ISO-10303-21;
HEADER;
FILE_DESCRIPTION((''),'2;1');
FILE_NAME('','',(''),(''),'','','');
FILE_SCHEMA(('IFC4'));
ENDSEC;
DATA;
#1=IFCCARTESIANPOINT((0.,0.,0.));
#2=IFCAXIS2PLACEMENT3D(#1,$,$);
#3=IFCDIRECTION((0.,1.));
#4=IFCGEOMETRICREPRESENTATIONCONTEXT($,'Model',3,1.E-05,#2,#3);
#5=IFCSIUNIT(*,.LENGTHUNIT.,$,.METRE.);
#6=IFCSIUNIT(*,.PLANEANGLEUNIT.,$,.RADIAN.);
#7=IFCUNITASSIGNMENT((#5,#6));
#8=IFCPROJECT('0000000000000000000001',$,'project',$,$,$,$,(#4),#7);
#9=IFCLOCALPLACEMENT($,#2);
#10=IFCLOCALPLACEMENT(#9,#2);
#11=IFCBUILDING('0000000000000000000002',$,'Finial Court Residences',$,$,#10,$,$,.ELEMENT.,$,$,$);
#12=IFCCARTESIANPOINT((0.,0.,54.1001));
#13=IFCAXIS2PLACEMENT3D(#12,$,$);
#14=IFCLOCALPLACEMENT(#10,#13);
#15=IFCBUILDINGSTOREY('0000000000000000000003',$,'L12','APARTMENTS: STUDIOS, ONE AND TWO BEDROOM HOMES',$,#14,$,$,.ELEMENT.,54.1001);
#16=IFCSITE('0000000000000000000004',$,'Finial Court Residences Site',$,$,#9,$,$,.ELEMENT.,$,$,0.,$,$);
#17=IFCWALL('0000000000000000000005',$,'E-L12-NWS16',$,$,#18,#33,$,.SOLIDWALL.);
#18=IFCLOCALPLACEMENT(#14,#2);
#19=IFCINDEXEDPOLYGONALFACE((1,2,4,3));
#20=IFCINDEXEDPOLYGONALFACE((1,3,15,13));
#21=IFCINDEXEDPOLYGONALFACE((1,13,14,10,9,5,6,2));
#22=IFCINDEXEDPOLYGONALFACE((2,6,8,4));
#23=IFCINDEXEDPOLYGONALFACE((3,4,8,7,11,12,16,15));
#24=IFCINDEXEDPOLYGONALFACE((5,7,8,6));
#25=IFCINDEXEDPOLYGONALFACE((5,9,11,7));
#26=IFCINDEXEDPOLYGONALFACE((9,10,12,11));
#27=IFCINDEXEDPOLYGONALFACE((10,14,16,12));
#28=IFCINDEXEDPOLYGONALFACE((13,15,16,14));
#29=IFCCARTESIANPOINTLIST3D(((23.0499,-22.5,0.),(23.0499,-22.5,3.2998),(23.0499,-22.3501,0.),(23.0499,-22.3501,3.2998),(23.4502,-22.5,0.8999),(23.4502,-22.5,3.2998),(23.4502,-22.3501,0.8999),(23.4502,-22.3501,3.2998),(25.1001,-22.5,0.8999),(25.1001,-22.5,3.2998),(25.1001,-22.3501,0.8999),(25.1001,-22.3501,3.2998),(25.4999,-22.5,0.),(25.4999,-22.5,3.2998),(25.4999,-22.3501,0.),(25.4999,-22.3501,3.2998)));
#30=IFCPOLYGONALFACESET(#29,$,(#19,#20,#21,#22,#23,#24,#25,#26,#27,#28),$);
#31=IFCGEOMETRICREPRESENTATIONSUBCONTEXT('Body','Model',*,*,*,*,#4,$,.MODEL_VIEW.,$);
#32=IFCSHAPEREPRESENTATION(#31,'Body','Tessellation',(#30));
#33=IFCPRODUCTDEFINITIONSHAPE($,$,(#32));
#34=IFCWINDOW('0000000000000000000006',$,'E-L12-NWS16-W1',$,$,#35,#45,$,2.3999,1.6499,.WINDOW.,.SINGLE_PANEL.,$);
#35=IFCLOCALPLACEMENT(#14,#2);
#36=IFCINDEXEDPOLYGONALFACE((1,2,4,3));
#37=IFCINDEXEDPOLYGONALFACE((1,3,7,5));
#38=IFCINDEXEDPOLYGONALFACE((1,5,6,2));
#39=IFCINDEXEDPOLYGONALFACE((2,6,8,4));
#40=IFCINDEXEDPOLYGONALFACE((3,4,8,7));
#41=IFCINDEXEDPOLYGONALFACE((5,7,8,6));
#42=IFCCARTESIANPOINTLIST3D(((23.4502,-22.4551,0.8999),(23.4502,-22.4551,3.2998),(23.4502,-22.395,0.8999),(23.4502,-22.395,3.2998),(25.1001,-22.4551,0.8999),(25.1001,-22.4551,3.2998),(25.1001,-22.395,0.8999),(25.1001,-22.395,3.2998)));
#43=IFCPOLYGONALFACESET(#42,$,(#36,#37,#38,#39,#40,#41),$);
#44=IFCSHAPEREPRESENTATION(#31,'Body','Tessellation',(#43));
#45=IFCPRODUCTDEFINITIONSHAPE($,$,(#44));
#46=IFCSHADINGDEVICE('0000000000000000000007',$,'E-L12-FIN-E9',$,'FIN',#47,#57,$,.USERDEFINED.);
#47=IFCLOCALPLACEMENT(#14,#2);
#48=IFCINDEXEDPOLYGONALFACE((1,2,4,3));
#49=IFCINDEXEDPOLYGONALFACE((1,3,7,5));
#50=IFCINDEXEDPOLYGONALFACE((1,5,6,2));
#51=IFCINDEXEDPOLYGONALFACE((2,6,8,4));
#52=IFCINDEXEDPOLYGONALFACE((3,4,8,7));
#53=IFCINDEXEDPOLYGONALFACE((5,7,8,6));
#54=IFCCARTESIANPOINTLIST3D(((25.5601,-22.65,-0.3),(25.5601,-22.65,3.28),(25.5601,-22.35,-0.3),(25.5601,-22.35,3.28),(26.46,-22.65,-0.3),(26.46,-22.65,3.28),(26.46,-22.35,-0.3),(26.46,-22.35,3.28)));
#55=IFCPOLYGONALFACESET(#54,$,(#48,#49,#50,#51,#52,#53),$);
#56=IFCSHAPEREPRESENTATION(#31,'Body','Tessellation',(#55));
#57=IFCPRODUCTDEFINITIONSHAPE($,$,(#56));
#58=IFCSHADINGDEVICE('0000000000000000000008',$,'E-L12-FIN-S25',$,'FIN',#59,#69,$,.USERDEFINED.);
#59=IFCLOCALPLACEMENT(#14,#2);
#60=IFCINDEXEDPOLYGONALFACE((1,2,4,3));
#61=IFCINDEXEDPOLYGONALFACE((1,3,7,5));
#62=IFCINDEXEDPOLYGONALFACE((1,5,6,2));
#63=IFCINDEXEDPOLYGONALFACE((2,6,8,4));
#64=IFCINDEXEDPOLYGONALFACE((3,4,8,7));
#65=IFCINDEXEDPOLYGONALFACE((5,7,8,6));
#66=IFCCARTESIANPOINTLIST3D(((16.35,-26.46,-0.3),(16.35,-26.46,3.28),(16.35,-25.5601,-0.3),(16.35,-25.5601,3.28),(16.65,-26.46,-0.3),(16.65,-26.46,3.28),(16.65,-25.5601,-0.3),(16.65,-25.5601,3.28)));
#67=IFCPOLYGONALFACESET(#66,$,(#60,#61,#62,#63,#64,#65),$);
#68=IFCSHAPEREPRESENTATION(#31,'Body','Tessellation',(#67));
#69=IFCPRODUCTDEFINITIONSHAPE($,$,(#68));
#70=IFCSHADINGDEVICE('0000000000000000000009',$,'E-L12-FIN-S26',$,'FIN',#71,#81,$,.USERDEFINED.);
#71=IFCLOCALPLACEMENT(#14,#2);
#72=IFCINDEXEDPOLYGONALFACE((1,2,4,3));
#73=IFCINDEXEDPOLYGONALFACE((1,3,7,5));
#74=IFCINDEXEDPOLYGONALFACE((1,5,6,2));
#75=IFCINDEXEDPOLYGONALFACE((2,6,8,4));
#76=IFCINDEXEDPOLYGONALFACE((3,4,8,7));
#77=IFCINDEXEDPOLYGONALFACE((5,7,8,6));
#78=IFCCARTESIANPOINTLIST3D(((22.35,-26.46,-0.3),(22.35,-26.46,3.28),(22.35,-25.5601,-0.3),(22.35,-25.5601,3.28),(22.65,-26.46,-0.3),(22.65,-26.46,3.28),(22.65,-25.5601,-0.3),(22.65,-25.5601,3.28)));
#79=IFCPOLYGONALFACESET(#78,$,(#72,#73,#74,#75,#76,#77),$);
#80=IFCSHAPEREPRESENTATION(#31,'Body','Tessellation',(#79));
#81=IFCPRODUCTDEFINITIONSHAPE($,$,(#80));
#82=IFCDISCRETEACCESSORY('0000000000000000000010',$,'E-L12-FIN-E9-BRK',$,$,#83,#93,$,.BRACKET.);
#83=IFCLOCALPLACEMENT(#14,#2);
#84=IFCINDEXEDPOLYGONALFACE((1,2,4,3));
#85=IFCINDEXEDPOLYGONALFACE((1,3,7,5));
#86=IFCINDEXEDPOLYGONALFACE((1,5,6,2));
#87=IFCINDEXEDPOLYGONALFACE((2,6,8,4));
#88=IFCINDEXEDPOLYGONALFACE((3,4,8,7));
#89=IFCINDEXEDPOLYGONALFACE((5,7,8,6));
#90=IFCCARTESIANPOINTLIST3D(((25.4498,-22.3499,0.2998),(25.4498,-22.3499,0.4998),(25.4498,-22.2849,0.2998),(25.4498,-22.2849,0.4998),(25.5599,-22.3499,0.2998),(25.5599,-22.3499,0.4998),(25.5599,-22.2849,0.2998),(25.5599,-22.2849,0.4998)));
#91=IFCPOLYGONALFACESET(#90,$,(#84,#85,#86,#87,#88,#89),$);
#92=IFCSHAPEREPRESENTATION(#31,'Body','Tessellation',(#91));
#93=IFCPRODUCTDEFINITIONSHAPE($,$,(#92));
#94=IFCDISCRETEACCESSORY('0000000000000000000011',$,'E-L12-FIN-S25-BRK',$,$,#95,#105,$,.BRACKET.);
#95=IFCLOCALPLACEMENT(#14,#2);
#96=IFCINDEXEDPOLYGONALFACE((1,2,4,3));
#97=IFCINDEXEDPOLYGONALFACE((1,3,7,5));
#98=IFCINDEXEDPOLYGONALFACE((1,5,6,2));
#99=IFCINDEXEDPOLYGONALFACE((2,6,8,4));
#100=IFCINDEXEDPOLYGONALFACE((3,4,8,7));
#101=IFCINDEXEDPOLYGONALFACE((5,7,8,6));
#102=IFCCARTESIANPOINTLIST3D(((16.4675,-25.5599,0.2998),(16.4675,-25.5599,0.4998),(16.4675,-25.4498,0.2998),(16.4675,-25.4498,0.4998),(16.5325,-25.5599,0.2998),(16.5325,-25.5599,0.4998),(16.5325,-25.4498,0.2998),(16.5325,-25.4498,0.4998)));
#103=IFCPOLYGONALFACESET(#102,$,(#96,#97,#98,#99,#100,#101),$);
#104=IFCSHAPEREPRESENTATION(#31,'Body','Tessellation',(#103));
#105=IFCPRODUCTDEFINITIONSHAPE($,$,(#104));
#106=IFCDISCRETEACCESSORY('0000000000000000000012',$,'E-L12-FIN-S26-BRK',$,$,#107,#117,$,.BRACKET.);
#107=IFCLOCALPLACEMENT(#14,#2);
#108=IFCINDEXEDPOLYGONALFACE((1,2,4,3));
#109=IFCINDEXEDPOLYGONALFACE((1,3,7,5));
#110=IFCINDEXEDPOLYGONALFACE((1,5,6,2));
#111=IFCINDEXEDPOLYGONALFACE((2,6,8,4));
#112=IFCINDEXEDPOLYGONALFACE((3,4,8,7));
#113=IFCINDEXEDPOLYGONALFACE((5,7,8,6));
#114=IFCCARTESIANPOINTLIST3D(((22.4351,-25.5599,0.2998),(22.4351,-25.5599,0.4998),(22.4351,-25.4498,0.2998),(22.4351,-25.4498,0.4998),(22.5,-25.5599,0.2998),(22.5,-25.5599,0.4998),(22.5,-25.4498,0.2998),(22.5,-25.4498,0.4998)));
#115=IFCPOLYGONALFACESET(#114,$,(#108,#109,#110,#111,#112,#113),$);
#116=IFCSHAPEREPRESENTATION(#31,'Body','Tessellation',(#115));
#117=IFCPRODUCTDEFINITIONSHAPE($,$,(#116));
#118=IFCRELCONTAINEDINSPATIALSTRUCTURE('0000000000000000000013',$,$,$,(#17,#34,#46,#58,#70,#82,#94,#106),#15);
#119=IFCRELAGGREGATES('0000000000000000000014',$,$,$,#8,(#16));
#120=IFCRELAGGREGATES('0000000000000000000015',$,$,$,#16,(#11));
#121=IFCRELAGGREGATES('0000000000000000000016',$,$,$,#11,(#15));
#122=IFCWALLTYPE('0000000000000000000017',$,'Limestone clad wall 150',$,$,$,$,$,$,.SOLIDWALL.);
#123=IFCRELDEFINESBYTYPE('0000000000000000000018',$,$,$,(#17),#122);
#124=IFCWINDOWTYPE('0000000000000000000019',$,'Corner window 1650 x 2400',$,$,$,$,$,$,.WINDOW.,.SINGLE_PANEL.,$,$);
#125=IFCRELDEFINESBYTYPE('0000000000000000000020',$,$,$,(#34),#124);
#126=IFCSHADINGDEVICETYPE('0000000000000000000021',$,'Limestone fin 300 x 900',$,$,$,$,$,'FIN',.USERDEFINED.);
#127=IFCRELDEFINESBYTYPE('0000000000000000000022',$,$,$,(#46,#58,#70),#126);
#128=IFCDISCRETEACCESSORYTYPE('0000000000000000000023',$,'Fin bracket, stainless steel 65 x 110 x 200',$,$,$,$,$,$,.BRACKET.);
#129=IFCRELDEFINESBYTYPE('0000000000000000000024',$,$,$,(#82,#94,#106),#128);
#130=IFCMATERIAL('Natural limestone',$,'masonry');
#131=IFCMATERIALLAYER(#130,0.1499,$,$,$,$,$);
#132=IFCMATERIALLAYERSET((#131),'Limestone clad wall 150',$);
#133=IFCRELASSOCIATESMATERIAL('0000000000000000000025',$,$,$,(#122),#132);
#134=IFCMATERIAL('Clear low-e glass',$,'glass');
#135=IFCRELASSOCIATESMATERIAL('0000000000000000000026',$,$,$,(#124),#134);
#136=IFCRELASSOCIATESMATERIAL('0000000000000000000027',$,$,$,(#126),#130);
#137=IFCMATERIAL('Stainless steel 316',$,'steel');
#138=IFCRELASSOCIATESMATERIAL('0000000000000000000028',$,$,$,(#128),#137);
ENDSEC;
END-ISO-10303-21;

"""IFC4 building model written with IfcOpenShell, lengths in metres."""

from ifc_helpers import new_model, si_unit, direction, frame, frame_2d, origin, origin_2d, place, context, subcontext, project, spatial, rectangle, extrude, material, layer, layer_set, type_object, element, fill, save


model = new_model("IFC4")

# Units and contexts
model_context = context("Model", 3, precision=1e-05, world=origin(), true_north=direction((0.0, 1.0)))
body_context = subcontext(model_context, "Body", "Model", "MODEL_VIEW")
ifc_project = project(units=[si_unit("LENGTHUNIT", "METRE"), si_unit("PLANEANGLEUNIT", "RADIAN")], contexts=[model_context])

# Site, building, storey
site_placement = place(None, origin())
site = spatial("IfcSite", under=ifc_project, at=site_placement, Name="Finial Court Residences Site", CompositionType="ELEMENT", RefElevation=0.0)
building_placement = place(site_placement, origin())
building = spatial("IfcBuilding", under=site, at=building_placement, Name="Finial Court Residences", CompositionType="ELEMENT")
storey_placement = place(building_placement, frame((0.0, 0.0, 54.1001)))
storey = spatial("IfcBuildingStorey", under=building, at=storey_placement, Name="L12", Description="APARTMENTS: STUDIOS, ONE AND TWO BEDROOM HOMES", CompositionType="ELEMENT", Elevation=54.1001)

# Shared definitions
ifc_material_1 = material(Name="Clear low-e glass", Category="glass")

# Wall, opening, window
ifc_material_2 = material(Name="Natural limestone", Category="masonry")
ifc_layer_1 = layer(ifc_material_2, 0.1499)
ifc_layer_set_1 = layer_set([ifc_layer_1], Name="Limestone clad wall 150")
wall_type_1 = type_object("IfcWallType", Name="Limestone clad wall 150", PredefinedType="SOLIDWALL", material=ifc_layer_set_1)
wall_1_placement = place(storey_placement, frame((25.5, -22.425, 0.0), z_axis=(0.0, 0.0, 1.0), x_axis=(-1.0, 0.0, 0.0)))
wall_1 = element("IfcWall", 1, at=wall_1_placement, inside=storey, type_object=wall_type_1, Name="E-L12-NWS16", PredefinedType="SOLIDWALL", context=body_context, shape_type="SweptSolid", body=[
    extrude(rectangle(XDim=2.45, YDim=0.1499, at=frame_2d((1.2251, 0.0))), origin(), (0.0, 0.0, 1.0), 3.2998),
])
opening_1_placement = place(wall_1_placement, frame((0.3999, 0.0, 0.8999)))
opening_1 = element("IfcOpeningElement", 2, at=opening_1_placement, cuts=wall_1, PredefinedType="OPENING", context=body_context, shape_type="SweptSolid", body=[
    extrude(rectangle(XDim=1.6499, YDim=2.3999, at=frame_2d((0.825, 1.2))), frame((0.0, 0.085, 0.0), z_axis=(0.0, -1.0, 0.0), x_axis=(1.0, 0.0, 0.0)), (0.0, 0.0, 1.0), 0.1699),
])
window_type_1 = type_object("IfcWindowType", Name="Corner window 1650 x 2400", PartitioningType="SINGLE_PANEL", PredefinedType="WINDOW", material=ifc_material_1)
window_1_placement = place(opening_1_placement, origin())
window_1 = element("IfcWindow", 3, at=window_1_placement, inside=storey, type_object=window_type_1, Name="E-L12-NWS16-W1", OverallHeight=2.3999, OverallWidth=1.6499, PartitioningType="SINGLE_PANEL", PredefinedType="WINDOW", context=body_context, shape_type="SweptSolid", body=[
    extrude(rectangle(XDim=1.6499, YDim=2.3999, at=frame_2d((0.825, 1.2))), frame((0.0, 0.03, 0.0), z_axis=(0.0, -1.0, 0.0), x_axis=(1.0, 0.0, 0.0)), (0.0, 0.0, 1.0), 0.0601),
])
fill(opening_1, window_1)

# Shading devices
shading_device_type = type_object("IfcShadingDeviceType", Name="Limestone fin 300 x 900", ElementType="FIN", PredefinedType="USERDEFINED", material=ifc_material_2)
shading_device_placement = place(storey_placement, frame((26.01, -22.5, -0.3), z_axis=(0.0, 0.0, 1.0), x_axis=(1.0, 0.0, 0.0)))
element("IfcShadingDevice", 4, at=shading_device_placement, inside=storey, type_object=shading_device_type, Name="E-L12-FIN-E9", ObjectType="FIN", PredefinedType="USERDEFINED", context=body_context, shape_type="SweptSolid", body=[
    extrude(rectangle(XDim=0.8999, YDim=0.3, at=origin_2d()), origin(), (0.0, 0.0, 1.0), 3.5801),
])
for number, where, z_axis, x_axis, name in (
    (5, (16.5, -26.01, -0.3), (0.0, 0.0, 1.0), (1.0, 0.0, 0.0), "E-L12-FIN-S25"),
    (6, (22.5, -26.01, -0.3), (0.0, 0.0, 1.0), (1.0, 0.0, 0.0), "E-L12-FIN-S26"),
):
    element("IfcShadingDevice", number, at=place(storey_placement, frame(where, z_axis=z_axis, x_axis=x_axis)), inside=storey, type_object=shading_device_type, Name=name, ObjectType="FIN", PredefinedType="USERDEFINED", context=body_context, shape_type="SweptSolid", body=[
        extrude(rectangle(XDim=0.3, YDim=0.8999, at=origin_2d()), origin(), (0.0, 0.0, 1.0), 3.5801),
    ])

# Discrete accessories
ifc_material_3 = material(Name="Stainless steel 316", Category="steel")
discrete_accessory_type = type_object("IfcDiscreteAccessoryType", Name="Fin bracket, stainless steel 65 x 110 x 200", PredefinedType="BRACKET", material=ifc_material_3)
discrete_accessory_placement = place(storey_placement, frame((25.5049, -22.3174, 0.2998), z_axis=(0.0, 0.0, 1.0), x_axis=(1.0, 0.0, 0.0)))
element("IfcDiscreteAccessory", 7, at=discrete_accessory_placement, inside=storey, type_object=discrete_accessory_type, Name="E-L12-FIN-E9-BRK", PredefinedType="BRACKET", context=body_context, shape_type="SweptSolid", body=[
    extrude(rectangle(XDim=0.1101, YDim=0.0649, at=origin_2d()), origin(), (0.0, 0.0, 1.0), 0.2),
])
for number, where, z_axis, x_axis, name in (
    (8, (16.5, -25.5049, 0.2998), (0.0, 0.0, 1.0), (1.0, 0.0, 0.0), "E-L12-FIN-S25-BRK"),
    (9, (22.4675, -25.5049, 0.2998), (0.0, 0.0, 1.0), (1.0, 0.0, 0.0), "E-L12-FIN-S26-BRK"),
):
    element("IfcDiscreteAccessory", number, at=place(storey_placement, frame(where, z_axis=z_axis, x_axis=x_axis)), inside=storey, type_object=discrete_accessory_type, Name=name, PredefinedType="BRACKET", context=body_context, shape_type="SweptSolid", body=[
        extrude(rectangle(XDim=0.0649, YDim=0.1101, at=origin_2d()), origin(), (0.0, 0.0, 1.0), 0.2),
    ])

save(model, "model.ifc")
